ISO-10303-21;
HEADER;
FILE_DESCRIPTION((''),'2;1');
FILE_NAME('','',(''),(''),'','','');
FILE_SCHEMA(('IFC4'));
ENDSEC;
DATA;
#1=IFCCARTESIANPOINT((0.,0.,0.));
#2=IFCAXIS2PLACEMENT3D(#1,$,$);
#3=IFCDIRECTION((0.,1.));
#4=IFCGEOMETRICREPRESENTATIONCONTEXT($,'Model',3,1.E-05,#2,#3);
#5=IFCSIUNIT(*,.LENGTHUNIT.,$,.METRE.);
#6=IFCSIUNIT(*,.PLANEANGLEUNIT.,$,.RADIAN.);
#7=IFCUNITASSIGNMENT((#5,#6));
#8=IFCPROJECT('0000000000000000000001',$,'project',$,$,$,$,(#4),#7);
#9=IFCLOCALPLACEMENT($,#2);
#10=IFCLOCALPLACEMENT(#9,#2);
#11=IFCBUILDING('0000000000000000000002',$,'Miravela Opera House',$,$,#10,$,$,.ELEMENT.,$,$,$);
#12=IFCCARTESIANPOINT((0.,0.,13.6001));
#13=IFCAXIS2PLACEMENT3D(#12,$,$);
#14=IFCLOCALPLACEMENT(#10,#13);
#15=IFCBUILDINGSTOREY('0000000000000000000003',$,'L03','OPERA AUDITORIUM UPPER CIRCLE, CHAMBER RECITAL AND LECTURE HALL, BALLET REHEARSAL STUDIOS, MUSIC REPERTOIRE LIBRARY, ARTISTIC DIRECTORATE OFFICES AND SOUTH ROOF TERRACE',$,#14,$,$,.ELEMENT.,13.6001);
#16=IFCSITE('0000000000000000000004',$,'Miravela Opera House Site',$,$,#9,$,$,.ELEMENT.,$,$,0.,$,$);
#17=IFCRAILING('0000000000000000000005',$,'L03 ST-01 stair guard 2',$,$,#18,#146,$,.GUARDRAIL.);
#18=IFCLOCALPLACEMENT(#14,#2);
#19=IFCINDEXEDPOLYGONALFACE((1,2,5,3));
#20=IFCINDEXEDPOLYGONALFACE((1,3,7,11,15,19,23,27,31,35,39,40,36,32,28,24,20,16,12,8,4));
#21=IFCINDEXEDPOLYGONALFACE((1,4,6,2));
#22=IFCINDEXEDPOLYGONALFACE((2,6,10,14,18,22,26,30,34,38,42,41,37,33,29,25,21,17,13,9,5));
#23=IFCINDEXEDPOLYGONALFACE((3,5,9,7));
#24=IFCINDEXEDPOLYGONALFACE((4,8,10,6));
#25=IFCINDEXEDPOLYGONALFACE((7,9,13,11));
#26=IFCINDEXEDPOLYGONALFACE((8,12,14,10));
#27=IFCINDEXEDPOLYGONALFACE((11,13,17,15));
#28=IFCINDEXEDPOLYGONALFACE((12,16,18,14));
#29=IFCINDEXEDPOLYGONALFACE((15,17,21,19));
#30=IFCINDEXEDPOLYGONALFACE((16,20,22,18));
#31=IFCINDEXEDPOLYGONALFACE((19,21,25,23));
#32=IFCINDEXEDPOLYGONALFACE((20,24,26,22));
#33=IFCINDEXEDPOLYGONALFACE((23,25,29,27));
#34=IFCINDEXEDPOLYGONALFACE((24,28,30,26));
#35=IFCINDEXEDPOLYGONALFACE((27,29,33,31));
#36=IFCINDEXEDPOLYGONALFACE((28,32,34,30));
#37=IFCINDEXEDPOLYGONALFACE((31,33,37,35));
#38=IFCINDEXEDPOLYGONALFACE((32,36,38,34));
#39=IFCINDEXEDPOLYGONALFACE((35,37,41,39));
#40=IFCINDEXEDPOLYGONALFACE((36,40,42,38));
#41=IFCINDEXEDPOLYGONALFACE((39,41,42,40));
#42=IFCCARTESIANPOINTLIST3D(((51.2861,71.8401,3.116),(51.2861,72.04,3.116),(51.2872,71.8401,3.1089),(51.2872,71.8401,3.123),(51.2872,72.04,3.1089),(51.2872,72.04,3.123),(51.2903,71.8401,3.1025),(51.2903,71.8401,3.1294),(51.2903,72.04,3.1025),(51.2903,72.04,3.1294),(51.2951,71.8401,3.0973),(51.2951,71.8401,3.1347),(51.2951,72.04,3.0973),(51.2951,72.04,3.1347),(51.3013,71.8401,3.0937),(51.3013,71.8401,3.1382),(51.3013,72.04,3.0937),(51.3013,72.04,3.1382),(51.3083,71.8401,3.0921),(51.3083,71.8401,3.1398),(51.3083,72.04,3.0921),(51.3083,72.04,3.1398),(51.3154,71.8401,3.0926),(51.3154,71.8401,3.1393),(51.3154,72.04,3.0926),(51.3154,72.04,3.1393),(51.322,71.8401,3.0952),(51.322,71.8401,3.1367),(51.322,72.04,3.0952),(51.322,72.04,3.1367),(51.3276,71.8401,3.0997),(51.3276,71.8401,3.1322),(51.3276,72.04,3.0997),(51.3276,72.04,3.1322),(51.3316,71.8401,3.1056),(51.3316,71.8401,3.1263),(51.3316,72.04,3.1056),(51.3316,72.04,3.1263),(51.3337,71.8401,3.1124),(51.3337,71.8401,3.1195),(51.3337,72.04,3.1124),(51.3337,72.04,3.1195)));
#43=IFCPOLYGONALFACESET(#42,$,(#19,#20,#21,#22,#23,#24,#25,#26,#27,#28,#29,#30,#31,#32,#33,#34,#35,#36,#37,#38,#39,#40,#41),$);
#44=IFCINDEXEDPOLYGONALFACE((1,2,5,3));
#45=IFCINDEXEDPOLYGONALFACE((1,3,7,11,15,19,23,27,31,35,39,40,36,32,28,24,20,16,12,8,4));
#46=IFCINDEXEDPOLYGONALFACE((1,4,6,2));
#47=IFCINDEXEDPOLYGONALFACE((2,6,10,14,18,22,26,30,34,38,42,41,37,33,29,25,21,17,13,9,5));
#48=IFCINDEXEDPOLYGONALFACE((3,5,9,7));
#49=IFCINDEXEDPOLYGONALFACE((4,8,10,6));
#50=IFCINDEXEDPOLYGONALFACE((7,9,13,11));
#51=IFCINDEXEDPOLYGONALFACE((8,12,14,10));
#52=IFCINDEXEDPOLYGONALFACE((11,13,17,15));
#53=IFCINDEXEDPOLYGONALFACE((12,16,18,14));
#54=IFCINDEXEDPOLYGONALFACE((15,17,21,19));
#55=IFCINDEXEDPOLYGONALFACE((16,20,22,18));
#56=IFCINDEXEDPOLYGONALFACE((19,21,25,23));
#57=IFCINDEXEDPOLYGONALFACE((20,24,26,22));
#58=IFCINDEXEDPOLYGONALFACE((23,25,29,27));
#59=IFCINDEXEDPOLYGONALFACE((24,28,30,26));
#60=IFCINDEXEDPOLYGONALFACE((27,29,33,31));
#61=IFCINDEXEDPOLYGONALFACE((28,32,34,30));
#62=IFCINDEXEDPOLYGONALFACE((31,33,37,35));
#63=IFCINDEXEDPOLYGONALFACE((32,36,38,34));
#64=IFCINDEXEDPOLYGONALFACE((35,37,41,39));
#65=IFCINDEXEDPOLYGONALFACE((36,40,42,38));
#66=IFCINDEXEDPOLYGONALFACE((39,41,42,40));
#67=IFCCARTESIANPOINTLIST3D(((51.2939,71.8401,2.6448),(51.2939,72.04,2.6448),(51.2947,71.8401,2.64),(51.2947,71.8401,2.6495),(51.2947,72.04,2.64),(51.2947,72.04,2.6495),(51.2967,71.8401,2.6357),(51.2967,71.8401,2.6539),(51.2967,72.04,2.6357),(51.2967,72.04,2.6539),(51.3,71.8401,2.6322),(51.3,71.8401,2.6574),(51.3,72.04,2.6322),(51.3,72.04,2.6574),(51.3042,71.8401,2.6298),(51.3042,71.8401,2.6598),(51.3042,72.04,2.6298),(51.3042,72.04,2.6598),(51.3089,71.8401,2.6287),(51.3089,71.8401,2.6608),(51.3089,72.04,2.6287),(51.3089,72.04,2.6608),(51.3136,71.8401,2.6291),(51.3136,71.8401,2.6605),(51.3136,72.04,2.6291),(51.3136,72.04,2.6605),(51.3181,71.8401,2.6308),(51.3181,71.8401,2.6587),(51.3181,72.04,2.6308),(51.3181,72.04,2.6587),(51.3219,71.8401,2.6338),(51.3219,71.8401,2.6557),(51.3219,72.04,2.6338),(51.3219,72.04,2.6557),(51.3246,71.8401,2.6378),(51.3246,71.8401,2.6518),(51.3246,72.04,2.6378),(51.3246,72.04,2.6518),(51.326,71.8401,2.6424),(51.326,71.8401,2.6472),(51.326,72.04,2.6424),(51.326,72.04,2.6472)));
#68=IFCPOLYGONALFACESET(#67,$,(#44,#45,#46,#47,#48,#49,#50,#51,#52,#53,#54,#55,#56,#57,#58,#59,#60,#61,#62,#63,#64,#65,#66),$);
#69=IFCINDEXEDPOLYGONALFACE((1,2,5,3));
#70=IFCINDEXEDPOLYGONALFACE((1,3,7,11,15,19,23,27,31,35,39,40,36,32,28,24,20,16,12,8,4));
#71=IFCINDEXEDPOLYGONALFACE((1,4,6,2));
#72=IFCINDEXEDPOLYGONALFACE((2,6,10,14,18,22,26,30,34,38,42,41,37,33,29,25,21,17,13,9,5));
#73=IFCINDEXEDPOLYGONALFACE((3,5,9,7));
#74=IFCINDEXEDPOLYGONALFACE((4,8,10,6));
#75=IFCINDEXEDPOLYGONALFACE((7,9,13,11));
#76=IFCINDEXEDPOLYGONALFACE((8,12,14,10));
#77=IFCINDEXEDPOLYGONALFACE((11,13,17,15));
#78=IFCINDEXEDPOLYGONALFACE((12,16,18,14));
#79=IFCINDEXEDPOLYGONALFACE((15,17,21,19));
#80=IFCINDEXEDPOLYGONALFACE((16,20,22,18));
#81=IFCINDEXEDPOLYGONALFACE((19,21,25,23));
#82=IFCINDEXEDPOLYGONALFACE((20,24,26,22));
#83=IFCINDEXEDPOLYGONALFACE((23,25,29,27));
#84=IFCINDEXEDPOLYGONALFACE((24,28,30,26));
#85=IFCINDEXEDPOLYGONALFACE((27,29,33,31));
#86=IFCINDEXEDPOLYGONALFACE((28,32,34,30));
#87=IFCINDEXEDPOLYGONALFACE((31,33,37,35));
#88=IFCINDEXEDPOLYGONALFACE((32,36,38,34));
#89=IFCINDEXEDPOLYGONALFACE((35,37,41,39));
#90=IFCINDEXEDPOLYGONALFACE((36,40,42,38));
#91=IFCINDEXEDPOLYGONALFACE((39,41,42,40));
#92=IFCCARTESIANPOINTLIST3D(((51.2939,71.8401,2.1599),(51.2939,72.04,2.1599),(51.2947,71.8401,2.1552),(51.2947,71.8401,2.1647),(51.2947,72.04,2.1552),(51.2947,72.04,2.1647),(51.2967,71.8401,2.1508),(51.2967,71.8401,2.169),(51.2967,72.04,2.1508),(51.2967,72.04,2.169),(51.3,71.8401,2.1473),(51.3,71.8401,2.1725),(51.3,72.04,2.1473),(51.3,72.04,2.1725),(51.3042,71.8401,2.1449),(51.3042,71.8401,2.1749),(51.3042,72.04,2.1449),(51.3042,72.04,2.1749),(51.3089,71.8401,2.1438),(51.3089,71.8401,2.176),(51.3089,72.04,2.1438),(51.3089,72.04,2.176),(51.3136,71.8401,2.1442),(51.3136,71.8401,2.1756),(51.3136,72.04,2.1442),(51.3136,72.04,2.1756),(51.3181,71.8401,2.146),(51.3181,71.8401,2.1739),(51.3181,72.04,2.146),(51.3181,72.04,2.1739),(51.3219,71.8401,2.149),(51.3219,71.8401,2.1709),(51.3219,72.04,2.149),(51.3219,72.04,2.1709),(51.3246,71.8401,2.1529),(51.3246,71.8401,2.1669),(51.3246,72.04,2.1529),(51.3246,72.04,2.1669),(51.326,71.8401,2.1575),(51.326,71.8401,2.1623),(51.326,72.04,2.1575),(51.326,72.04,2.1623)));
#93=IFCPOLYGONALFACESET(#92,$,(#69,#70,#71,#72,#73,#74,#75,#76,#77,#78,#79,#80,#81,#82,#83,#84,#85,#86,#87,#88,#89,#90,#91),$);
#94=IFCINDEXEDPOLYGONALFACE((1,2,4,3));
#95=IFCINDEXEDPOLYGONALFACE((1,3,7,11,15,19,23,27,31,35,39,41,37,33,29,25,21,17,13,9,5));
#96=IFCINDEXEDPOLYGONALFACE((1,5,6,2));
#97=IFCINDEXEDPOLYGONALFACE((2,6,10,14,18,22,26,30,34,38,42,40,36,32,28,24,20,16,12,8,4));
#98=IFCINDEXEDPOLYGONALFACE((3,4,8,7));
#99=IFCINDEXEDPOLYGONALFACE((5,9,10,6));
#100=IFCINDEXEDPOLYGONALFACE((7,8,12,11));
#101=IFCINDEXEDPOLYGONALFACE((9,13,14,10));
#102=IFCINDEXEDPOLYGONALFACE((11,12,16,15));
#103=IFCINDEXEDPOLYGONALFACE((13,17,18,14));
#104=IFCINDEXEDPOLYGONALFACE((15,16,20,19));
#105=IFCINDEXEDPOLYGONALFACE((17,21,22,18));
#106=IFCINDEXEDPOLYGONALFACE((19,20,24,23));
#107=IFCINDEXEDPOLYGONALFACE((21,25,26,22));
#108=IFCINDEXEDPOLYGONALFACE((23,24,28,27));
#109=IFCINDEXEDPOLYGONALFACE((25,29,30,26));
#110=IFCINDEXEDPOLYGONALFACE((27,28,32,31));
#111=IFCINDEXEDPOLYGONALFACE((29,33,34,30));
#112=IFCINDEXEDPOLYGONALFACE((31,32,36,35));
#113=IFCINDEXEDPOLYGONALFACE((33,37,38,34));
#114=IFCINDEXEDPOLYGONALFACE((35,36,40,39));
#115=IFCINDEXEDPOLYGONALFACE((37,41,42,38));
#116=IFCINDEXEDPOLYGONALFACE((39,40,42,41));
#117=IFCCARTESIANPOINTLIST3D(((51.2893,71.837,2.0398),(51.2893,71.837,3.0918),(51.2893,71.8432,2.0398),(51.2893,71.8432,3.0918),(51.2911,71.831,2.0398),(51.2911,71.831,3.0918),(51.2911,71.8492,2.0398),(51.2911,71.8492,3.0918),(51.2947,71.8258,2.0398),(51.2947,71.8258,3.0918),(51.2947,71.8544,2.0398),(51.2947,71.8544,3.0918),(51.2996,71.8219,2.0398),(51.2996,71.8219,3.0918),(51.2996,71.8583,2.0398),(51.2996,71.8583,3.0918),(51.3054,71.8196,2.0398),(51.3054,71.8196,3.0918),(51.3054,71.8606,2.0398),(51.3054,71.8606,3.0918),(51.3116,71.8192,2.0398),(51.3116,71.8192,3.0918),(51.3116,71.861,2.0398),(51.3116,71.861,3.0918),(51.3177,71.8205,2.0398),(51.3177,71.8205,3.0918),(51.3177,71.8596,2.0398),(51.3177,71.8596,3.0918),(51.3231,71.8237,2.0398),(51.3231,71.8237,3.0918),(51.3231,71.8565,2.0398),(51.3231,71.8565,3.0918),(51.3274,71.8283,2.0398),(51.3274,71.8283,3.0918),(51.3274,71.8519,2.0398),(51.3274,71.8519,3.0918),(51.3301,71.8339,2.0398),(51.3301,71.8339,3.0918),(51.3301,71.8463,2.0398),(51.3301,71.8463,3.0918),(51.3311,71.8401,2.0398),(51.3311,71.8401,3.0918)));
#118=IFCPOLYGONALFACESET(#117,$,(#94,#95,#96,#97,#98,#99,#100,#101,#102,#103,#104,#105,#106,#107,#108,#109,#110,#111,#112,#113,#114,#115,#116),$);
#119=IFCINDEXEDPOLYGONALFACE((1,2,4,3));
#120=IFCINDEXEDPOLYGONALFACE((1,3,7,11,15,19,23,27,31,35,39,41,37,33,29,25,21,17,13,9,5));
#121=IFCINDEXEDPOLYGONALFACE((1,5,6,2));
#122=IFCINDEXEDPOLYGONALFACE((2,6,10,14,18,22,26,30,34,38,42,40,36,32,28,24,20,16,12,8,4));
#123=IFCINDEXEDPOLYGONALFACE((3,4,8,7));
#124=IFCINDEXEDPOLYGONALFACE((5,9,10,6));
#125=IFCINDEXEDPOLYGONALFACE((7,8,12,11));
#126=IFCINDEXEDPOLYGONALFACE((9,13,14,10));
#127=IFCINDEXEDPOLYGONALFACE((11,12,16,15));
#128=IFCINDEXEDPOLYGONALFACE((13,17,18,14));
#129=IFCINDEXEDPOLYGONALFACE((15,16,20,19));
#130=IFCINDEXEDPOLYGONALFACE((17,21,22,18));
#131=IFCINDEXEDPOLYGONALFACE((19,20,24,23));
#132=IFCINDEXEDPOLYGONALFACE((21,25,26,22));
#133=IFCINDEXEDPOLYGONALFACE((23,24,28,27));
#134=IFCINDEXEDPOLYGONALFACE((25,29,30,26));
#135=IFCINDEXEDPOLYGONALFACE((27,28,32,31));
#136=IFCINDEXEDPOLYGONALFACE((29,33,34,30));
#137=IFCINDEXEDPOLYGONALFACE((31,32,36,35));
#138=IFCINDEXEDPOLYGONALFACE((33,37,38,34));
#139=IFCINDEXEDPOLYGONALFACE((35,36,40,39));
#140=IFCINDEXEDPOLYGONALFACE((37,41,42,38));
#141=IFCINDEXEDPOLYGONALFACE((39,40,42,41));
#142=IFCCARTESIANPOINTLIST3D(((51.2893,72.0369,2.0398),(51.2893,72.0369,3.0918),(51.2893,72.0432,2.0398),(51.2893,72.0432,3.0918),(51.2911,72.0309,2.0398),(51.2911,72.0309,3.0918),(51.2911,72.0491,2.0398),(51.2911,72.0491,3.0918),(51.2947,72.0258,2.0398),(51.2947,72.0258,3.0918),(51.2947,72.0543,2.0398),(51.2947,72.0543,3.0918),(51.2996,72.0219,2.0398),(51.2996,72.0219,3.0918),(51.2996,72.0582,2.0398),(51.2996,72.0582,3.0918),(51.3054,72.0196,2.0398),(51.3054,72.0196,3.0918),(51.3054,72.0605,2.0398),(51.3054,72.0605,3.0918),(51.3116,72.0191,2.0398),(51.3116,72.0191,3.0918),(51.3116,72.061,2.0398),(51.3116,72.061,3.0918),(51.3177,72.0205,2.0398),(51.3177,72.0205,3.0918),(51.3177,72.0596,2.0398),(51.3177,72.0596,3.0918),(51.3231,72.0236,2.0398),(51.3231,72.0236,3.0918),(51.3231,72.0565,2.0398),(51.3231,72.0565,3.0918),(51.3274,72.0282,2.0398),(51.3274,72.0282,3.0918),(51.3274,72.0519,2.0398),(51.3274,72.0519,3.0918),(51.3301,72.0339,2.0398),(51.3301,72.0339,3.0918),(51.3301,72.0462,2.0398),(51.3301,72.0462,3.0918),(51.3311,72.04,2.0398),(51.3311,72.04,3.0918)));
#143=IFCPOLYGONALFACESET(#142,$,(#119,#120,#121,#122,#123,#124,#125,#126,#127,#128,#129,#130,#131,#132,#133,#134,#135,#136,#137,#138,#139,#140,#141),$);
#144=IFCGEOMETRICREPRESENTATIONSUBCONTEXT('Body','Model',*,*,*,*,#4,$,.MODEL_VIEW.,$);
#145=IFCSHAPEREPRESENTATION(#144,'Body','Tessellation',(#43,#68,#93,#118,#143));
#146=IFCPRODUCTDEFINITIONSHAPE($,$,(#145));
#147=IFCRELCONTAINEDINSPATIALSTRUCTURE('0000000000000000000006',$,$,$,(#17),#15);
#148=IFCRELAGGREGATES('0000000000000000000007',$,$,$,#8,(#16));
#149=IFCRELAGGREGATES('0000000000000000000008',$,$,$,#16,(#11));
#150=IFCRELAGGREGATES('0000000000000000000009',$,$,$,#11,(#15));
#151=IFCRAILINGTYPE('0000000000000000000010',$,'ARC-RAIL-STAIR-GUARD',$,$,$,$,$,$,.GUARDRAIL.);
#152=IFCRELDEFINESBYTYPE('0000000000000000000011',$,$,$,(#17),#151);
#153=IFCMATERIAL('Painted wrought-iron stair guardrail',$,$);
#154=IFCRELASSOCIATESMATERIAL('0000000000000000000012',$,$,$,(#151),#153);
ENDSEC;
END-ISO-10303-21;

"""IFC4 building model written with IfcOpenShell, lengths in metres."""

from ifc_helpers import new_model, si_unit, direction, frame, origin, origin_2d, place, context, subcontext, project, spatial, circle, extrude, material, type_object, element, save


model = new_model("IFC4")

# Units and contexts
model_context = context("Model", 3, precision=1e-05, world=origin(), true_north=direction((0.0, 1.0)))
body_context = subcontext(model_context, "Body", "Model", "MODEL_VIEW")
ifc_project = project(units=[si_unit("LENGTHUNIT", "METRE"), si_unit("PLANEANGLEUNIT", "RADIAN")], contexts=[model_context])

# Site, building, storey
site_placement = place(None, origin())
site = spatial("IfcSite", under=ifc_project, at=site_placement, Name="Miravela Opera House Site", CompositionType="ELEMENT", RefElevation=0.0)
building_placement = place(site_placement, origin())
building = spatial("IfcBuilding", under=site, at=building_placement, Name="Miravela Opera House", CompositionType="ELEMENT")
storey_placement = place(building_placement, frame((0.0, 0.0, 13.6001)))
storey = spatial("IfcBuildingStorey", under=building, at=storey_placement, Name="L03", Description="OPERA AUDITORIUM UPPER CIRCLE, CHAMBER RECITAL AND LECTURE HALL, BALLET REHEARSAL STUDIOS, MUSIC REPERTOIRE LIBRARY, ARTISTIC DIRECTORATE OFFICES AND SOUTH ROOF TERRACE", CompositionType="ELEMENT", Elevation=13.6001)

# Railing
ifc_material_1 = material(Name="Painted wrought-iron stair guardrail")
railing_type_1 = type_object("IfcRailingType", Name="ARC-RAIL-STAIR-GUARD", PredefinedType="GUARDRAIL", material=ifc_material_1)
railing_1_placement = place(storey_placement, frame((51.3101, 71.8401, 2.0398)))
element("IfcRailing", 1, at=railing_1_placement, inside=storey, type_object=railing_type_1, Name="L03 ST-01 stair guard 2", PredefinedType="GUARDRAIL", context=body_context, shape_type="SweptSolid", body=[
    extrude(circle(Radius=0.0239, at=origin_2d()), frame((0.0, 0.0, 1.0762), z_axis=(0.0, 1.0, 0.0), x_axis=(-1.0, 0.0, 0.0)), (0.0, 0.0, 1.0), 0.2),
    extrude(circle(Radius=0.0161, at=origin_2d()), frame((0.0, 0.0, 0.605), z_axis=(0.0, 1.0, 0.0), x_axis=(-1.0, 0.0, 0.0)), (0.0, 0.0, 1.0), 0.2),
    extrude(circle(Radius=0.0161, at=origin_2d()), frame((0.0, 0.0, 0.1201), z_axis=(0.0, 1.0, 0.0), x_axis=(-1.0, 0.0, 0.0)), (0.0, 0.0, 1.0), 0.2),
    extrude(circle(Radius=0.021, at=origin_2d()), origin(), (0.0, 0.0, 1.0), 1.052),
    extrude(circle(Radius=0.021, at=origin_2d()), frame((0.0, 0.2, 0.0)), (0.0, 0.0, 1.0), 1.052),
])

save(model, "model.ifc")
